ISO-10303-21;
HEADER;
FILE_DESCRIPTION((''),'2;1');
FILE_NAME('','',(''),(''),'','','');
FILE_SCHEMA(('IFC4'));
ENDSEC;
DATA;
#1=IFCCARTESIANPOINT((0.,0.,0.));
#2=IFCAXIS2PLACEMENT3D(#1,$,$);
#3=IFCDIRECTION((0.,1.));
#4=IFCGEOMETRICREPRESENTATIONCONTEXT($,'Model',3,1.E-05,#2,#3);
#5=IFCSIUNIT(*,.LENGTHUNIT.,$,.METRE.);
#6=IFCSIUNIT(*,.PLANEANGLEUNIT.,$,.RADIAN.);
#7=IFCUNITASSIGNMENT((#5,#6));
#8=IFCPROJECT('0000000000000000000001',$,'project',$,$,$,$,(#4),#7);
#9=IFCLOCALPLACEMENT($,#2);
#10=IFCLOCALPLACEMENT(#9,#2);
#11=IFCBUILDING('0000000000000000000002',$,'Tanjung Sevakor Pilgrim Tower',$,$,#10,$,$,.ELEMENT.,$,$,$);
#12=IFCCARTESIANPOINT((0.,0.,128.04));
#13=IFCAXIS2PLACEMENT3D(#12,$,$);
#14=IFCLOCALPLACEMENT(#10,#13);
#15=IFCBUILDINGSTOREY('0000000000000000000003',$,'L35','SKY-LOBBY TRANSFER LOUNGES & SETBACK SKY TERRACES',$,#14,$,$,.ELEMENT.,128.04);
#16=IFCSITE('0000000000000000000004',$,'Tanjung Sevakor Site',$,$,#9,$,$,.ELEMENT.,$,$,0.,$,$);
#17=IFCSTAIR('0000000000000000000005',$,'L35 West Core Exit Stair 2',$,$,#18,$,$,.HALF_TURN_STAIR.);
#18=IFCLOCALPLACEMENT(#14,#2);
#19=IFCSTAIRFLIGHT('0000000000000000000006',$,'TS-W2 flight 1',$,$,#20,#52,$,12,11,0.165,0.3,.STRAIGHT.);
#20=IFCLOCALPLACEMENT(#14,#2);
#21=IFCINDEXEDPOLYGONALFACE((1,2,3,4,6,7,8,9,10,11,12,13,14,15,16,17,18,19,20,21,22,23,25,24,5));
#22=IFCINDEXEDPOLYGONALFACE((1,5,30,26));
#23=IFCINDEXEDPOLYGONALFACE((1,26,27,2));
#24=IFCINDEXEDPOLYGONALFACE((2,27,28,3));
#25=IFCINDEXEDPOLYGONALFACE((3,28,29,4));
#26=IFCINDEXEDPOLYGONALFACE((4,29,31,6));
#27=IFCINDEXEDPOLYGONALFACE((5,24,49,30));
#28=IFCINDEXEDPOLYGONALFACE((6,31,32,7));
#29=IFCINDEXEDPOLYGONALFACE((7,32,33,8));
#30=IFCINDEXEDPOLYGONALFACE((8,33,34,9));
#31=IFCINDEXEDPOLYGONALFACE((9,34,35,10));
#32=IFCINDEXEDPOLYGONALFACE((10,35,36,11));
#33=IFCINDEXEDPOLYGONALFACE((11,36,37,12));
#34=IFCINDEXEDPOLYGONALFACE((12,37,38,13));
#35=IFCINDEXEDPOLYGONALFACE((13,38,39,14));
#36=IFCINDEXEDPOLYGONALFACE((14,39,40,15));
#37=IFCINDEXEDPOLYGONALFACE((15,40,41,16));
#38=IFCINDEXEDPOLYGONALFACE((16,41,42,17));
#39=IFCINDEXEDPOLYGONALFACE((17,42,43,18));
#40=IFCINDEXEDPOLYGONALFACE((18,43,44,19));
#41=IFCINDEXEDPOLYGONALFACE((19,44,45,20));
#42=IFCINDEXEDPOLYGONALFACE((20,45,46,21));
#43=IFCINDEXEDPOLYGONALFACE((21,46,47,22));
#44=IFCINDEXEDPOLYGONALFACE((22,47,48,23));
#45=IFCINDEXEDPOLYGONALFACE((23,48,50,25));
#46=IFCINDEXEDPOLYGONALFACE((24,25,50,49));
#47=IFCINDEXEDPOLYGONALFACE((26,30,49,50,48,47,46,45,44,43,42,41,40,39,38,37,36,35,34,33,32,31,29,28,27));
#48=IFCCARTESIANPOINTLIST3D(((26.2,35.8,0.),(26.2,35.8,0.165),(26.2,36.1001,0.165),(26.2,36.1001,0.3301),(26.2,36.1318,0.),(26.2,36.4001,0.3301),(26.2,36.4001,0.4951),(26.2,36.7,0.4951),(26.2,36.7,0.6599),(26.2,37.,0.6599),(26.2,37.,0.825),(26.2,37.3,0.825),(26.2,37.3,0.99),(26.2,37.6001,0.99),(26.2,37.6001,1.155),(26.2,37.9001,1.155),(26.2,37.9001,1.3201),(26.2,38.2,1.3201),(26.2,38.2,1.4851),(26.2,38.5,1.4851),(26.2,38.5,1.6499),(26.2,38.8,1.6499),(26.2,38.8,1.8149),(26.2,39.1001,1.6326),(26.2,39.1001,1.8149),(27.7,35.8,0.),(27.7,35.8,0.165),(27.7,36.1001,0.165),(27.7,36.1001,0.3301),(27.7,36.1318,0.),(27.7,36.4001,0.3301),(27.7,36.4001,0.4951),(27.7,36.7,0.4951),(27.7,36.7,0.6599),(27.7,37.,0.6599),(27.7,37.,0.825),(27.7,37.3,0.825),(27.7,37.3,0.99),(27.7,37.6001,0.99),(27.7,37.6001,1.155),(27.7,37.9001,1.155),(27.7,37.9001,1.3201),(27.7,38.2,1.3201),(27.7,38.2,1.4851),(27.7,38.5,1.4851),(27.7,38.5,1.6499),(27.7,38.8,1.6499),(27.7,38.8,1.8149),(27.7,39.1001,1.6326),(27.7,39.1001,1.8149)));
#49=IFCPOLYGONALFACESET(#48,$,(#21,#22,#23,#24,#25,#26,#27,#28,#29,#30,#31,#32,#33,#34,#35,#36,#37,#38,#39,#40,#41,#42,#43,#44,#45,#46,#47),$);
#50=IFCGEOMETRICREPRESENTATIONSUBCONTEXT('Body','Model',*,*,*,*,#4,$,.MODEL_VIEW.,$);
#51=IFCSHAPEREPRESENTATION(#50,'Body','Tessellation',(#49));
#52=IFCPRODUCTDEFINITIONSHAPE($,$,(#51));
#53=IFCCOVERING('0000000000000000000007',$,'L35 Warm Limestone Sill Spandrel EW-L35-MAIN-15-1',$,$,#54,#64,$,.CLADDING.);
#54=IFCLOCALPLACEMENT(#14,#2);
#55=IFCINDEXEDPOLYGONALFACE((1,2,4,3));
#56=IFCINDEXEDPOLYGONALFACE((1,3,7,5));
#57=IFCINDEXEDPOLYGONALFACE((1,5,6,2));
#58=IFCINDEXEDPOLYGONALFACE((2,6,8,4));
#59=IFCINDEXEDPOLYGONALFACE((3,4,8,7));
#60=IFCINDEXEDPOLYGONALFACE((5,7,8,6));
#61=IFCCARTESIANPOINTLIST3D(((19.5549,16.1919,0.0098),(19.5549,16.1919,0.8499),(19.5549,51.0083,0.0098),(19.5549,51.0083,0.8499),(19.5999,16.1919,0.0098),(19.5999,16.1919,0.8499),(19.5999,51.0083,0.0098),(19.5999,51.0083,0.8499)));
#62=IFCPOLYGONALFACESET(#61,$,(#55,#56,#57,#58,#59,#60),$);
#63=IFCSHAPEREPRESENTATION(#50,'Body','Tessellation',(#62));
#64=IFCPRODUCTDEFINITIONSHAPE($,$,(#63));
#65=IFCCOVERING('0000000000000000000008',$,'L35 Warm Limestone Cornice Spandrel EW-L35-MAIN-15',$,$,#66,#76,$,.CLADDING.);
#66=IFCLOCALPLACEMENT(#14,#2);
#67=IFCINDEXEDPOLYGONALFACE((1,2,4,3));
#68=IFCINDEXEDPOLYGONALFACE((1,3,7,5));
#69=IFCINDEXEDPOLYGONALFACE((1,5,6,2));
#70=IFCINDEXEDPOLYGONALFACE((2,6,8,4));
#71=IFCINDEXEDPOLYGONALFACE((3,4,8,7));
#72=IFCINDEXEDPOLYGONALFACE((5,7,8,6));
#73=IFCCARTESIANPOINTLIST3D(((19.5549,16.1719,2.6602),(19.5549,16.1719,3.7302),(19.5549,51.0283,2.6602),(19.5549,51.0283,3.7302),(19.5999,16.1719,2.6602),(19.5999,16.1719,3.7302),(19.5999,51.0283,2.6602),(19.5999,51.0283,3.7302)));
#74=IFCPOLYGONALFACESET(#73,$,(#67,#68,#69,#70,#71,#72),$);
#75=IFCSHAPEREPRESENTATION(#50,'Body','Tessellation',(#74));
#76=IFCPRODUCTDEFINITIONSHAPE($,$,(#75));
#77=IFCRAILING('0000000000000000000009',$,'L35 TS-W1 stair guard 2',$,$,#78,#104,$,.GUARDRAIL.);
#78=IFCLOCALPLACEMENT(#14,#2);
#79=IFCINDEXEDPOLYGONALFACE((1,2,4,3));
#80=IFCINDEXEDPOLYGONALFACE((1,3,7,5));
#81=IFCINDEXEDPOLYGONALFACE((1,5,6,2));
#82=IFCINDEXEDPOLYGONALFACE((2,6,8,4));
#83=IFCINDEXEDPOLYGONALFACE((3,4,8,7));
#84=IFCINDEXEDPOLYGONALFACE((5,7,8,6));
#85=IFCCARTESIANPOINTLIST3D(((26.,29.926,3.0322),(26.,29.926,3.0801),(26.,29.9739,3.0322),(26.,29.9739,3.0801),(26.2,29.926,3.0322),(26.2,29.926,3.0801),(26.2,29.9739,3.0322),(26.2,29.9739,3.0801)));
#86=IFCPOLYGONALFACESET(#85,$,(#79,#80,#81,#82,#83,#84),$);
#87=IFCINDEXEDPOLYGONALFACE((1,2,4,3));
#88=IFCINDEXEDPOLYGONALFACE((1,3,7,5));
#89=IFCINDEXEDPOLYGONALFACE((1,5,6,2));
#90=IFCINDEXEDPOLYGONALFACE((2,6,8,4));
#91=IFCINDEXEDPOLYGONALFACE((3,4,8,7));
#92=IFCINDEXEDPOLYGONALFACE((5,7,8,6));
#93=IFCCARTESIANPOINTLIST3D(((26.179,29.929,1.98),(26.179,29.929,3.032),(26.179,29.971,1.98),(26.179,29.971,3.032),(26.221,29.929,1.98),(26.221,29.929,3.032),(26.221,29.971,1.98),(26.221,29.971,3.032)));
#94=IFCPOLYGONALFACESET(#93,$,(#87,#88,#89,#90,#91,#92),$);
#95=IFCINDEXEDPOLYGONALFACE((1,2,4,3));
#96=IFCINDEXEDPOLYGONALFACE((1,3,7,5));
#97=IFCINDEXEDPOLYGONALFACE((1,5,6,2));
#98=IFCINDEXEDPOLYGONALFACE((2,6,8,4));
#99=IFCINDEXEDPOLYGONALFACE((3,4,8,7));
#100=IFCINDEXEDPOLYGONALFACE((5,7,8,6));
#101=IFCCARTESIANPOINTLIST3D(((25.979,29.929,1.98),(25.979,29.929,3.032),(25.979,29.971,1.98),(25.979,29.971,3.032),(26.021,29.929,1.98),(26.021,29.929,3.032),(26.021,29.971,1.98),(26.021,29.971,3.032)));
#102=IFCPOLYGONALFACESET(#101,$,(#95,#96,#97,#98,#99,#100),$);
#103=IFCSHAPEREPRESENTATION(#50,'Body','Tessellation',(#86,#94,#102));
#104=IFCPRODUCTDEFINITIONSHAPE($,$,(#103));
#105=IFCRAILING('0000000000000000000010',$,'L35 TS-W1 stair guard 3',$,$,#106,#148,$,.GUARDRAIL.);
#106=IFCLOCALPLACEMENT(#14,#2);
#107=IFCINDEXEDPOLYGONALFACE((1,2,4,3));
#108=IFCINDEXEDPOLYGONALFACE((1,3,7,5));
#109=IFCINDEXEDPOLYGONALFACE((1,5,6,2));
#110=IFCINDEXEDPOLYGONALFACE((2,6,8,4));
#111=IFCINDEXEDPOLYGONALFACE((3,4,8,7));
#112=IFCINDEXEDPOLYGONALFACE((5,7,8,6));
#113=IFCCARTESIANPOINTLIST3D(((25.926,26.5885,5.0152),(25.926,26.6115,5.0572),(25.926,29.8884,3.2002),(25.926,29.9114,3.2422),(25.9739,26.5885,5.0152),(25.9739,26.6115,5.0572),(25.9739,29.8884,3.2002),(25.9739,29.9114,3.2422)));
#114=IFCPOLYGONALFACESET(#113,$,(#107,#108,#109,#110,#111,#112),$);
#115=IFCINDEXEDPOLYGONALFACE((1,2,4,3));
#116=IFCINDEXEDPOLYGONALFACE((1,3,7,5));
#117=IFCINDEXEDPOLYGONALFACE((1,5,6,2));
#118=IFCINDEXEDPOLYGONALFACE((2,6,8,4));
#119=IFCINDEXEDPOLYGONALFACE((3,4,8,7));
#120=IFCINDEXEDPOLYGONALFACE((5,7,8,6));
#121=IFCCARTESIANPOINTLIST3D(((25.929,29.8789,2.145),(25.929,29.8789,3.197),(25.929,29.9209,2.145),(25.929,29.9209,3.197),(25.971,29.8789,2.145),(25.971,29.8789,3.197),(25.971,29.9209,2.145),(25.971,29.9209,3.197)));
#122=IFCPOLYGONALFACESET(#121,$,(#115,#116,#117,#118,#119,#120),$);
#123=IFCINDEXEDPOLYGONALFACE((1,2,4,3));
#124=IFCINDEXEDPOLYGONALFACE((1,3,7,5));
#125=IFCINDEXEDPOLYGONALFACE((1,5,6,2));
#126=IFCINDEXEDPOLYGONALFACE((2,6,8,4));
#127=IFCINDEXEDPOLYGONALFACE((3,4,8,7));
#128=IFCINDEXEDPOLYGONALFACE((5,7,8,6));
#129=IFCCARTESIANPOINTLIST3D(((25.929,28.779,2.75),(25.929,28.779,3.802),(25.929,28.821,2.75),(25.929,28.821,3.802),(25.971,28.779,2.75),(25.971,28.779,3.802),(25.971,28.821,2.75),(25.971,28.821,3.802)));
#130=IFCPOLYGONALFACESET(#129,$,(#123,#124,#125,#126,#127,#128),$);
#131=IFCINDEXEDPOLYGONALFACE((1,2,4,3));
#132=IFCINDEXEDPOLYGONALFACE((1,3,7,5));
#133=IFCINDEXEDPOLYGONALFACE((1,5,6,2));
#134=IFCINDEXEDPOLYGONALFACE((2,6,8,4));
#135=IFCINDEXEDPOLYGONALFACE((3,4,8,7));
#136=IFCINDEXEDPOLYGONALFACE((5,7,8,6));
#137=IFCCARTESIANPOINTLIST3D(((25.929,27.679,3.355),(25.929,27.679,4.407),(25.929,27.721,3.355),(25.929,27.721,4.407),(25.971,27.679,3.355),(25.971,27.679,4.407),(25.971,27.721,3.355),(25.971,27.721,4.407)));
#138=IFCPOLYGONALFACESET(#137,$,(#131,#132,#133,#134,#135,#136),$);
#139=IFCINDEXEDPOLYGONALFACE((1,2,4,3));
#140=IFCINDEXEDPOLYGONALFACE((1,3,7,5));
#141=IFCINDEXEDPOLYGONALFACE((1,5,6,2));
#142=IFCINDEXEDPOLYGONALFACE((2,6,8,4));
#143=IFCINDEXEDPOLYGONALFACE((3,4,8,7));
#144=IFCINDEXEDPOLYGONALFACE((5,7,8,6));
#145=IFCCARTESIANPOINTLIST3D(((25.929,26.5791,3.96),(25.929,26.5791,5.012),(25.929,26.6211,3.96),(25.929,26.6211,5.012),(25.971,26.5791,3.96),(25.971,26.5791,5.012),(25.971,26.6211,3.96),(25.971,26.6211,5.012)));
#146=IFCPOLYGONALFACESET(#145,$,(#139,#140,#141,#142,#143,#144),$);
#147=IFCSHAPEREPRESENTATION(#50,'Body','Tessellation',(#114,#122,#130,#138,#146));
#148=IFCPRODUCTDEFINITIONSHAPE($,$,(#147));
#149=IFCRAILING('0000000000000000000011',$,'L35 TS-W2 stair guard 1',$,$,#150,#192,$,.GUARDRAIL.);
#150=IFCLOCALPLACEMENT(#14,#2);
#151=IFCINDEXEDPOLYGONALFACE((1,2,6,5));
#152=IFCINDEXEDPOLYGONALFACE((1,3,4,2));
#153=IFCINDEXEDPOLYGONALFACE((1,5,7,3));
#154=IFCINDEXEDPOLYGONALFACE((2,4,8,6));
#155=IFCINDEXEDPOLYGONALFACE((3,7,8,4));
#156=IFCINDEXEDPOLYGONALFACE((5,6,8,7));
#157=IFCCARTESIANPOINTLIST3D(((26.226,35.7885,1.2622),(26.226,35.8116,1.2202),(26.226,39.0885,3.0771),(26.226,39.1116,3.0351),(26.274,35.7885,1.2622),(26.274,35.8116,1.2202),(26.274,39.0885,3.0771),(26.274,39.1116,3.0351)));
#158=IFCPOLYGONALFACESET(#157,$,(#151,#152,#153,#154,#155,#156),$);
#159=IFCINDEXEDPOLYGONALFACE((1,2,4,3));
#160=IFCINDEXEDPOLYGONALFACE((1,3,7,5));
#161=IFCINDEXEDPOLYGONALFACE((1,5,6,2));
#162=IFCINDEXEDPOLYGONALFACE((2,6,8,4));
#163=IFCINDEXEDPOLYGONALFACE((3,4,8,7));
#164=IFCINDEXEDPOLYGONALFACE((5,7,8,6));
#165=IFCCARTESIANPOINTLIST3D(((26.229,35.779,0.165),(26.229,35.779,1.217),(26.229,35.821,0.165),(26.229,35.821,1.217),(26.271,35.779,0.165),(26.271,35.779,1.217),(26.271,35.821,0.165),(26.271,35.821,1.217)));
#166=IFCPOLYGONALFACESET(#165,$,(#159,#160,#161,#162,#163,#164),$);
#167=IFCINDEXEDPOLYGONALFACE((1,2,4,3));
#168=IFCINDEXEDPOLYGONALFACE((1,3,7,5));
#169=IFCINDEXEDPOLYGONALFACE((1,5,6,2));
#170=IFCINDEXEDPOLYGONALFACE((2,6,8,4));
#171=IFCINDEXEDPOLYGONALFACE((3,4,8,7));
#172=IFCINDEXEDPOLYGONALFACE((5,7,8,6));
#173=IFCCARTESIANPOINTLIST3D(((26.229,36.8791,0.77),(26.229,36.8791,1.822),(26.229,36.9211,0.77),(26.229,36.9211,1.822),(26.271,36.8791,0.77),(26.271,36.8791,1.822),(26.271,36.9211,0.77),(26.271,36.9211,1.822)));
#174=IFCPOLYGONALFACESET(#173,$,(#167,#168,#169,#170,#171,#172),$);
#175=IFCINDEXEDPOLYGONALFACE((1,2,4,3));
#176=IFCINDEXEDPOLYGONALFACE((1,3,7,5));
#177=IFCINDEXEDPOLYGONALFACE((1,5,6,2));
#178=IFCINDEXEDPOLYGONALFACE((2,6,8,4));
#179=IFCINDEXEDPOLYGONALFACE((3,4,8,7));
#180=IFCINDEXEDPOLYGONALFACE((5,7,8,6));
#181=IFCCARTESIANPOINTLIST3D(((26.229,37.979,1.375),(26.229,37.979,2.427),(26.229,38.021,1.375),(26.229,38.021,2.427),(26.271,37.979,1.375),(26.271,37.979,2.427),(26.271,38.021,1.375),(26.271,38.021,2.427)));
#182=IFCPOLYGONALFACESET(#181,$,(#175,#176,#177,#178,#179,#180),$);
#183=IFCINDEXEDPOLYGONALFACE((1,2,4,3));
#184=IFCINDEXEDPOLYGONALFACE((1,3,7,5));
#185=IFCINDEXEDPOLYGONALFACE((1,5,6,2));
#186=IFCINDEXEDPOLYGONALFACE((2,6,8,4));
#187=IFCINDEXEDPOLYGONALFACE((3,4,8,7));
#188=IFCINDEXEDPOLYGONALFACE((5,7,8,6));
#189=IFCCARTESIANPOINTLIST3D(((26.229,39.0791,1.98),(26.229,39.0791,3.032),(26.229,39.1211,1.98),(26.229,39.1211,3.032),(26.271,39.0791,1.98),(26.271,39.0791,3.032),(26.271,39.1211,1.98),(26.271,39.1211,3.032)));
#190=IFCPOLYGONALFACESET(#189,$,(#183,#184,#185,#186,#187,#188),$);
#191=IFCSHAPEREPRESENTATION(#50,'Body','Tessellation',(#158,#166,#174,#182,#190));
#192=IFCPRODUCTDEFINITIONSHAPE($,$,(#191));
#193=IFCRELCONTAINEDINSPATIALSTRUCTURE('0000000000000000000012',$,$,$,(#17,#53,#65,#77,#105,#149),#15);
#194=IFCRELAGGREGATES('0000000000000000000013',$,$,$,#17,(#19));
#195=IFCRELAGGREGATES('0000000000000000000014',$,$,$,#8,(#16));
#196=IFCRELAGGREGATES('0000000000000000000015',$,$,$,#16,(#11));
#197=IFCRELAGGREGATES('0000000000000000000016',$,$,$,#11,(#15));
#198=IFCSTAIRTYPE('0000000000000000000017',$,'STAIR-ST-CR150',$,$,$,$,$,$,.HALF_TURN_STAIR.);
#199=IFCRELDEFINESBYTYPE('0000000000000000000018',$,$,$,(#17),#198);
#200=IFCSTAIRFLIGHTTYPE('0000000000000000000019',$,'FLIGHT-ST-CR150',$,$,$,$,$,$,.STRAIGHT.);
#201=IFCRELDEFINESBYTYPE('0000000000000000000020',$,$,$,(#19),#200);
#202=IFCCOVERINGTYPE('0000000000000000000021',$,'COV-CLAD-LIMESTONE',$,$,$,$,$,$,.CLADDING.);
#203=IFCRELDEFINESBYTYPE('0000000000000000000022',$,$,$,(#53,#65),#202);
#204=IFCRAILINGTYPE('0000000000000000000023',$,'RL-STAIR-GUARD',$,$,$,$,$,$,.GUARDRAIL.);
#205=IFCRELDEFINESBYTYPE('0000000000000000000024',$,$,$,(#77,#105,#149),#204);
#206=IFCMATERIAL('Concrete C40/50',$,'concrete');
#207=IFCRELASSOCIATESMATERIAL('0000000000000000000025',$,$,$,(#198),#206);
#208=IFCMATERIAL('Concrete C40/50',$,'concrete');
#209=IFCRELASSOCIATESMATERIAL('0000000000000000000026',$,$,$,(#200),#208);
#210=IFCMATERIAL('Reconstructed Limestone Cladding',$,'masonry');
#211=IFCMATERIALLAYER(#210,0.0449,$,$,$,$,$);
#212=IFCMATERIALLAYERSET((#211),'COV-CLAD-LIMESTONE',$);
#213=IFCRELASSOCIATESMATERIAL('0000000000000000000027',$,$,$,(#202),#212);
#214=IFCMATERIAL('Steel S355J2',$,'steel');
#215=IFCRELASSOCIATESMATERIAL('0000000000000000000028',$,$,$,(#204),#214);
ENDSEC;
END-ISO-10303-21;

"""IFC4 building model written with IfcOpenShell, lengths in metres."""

from ifc_helpers import new_model, si_unit, direction, frame, origin, origin_2d, place, context, subcontext, project, spatial, polyline, rectangle, outline, extrude, material, layer, layer_set, type_object, element, aggregate, save


model = new_model("IFC4")

# Units and contexts
model_context = context("Model", 3, precision=1e-05, world=origin(), true_north=direction((0.0, 1.0)))
body_context = subcontext(model_context, "Body", "Model", "MODEL_VIEW")
ifc_project = project(units=[si_unit("LENGTHUNIT", "METRE"), si_unit("PLANEANGLEUNIT", "RADIAN")], contexts=[model_context])

# Site, building, storey
site_placement = place(None, origin())
site = spatial("IfcSite", under=ifc_project, at=site_placement, Name="Tanjung Sevakor Site", CompositionType="ELEMENT", RefElevation=0.0)
building_placement = place(site_placement, origin())
building = spatial("IfcBuilding", under=site, at=building_placement, Name="Tanjung Sevakor Pilgrim Tower", CompositionType="ELEMENT")
storey_placement = place(building_placement, frame((0.0, 0.0, 128.04)))
storey = spatial("IfcBuildingStorey", under=building, at=storey_placement, Name="L35", Description="SKY-LOBBY TRANSFER LOUNGES & SETBACK SKY TERRACES", CompositionType="ELEMENT", Elevation=128.04)

# Stair, stair flight
ifc_material_1 = material(Name="Concrete C40/50", Category="concrete")
stair_type = type_object("IfcStairType", Name="STAIR-ST-CR150", PredefinedType="HALF_TURN_STAIR", material=ifc_material_1)
ifc_material_2 = material(Name="Concrete C40/50", Category="concrete")
stair_flight_type = type_object("IfcStairFlightType", Name="FLIGHT-ST-CR150", PredefinedType="STRAIGHT", material=ifc_material_2)
stair_1_placement = place(storey_placement, origin())
stair_1 = element("IfcStair", 1, at=stair_1_placement, inside=storey, type_object=stair_type, Name="L35 West Core Exit Stair 2", PredefinedType="HALF_TURN_STAIR")
stair_flight_1_placement = place(storey_placement, frame((26.95, 35.8, 0.0), z_axis=(0.0, 0.0, 1.0), x_axis=(0.0, 1.0, 0.0)))
stair_flight_1 = element("IfcStairFlight", 2, at=stair_flight_1_placement, type_object=stair_flight_type, Name="TS-W2 flight 1", NumberOfRisers=12, NumberOfTreads=11, PredefinedType="STRAIGHT", RiserHeight=0.165, TreadLength=0.3, context=body_context, shape_type="SweptSolid", body=[
    extrude(outline(polyline([(0.0, 0.0), (0.0, 0.165), (0.3, 0.165), (0.3, 0.3301), (0.6001, 0.3301), (0.6001, 0.4951), (0.8999, 0.4951), (0.8999, 0.6599), (1.2, 0.6599), (1.2, 0.825), (1.5, 0.825), (1.5, 0.99), (1.8, 0.99), (1.8, 1.155), (2.1001, 1.155), (2.1001, 1.3201), (2.3999, 1.3201), (2.3999, 1.4851), (2.7, 1.4851), (2.7, 1.6499), (3.0, 1.6499), (3.0, 1.8149), (3.3, 1.8149), (3.3, 1.98), (3.3, 1.6326), (0.3318, 0.0), (0.0, 0.0)])), frame((0.0, 0.75, 0.0), z_axis=(0.0, -1.0, 0.0), x_axis=(1.0, 0.0, 0.0)), (0.0, 0.0, 1.0), 1.5),
])
aggregate(stair_1, [stair_flight_1])

# Coverings
ifc_material_3 = material(Name="Reconstructed Limestone Cladding", Category="masonry")
ifc_layer_1 = layer(ifc_material_3, 0.0449)
ifc_layer_set_1 = layer_set([ifc_layer_1], Name="COV-CLAD-LIMESTONE")
covering_type = type_object("IfcCoveringType", Name="COV-CLAD-LIMESTONE", PredefinedType="CLADDING", material=ifc_layer_set_1)
covering_1_placement = place(storey_placement, frame((19.5774, 33.6001, 0.0098), z_axis=(0.0, 0.0, 1.0), x_axis=(0.0, -1.0, 0.0)))
element("IfcCovering", 3, at=covering_1_placement, inside=storey, type_object=covering_type, Name="L35 Warm Limestone Sill Spandrel EW-L35-MAIN-15-1", PredefinedType="CLADDING", context=body_context, shape_type="SweptSolid", body=[
    extrude(rectangle(XDim=34.8164, YDim=0.0449, at=origin_2d()), origin(), (0.0, 0.0, 1.0), 0.8401),
])
covering_2_placement = place(storey_placement, frame((19.5774, 33.6001, 2.6602), z_axis=(0.0, 0.0, 1.0), x_axis=(0.0, -1.0, 0.0)))
element("IfcCovering", 4, at=covering_2_placement, inside=storey, type_object=covering_type, Name="L35 Warm Limestone Cornice Spandrel EW-L35-MAIN-15", PredefinedType="CLADDING", context=body_context, shape_type="SweptSolid", body=[
    extrude(rectangle(XDim=34.8564, YDim=0.0449, at=origin_2d()), origin(), (0.0, 0.0, 1.0), 1.0701),
])

# Railings
ifc_material_4 = material(Name="Steel S355J2", Category="steel")
railing_type_1 = type_object("IfcRailingType", Name="RL-STAIR-GUARD", PredefinedType="GUARDRAIL", material=ifc_material_4)
railing_1_placement = place(storey_placement, frame((26.2, 29.95, 1.98)))
element("IfcRailing", 5, at=railing_1_placement, inside=storey, type_object=railing_type_1, Name="L35 TS-W1 stair guard 2", PredefinedType="GUARDRAIL", context=body_context, shape_type="SweptSolid", body=[
    extrude(rectangle(XDim=0.0479, YDim=0.0479), frame((0.0, 0.0, 1.0762), z_axis=(-1.0, 0.0, 0.0), x_axis=(0.0, -1.0, 0.0)), (0.0, 0.0, 1.0), 0.2),
    extrude(rectangle(XDim=0.042, YDim=0.042), origin(), (0.0, 0.0, 1.0), 1.052),
    extrude(rectangle(XDim=0.042, YDim=0.042), frame((-0.2, 0.0, 0.0)), (0.0, 0.0, 1.0), 1.052),
])
railing_2_placement = place(storey_placement, frame((25.95, 29.8999, 2.145)))
element("IfcRailing", 6, at=railing_2_placement, inside=storey, type_object=railing_type_1, Name="L35 TS-W1 stair guard 3", PredefinedType="GUARDRAIL", context=body_context, shape_type="SweptSolid", body=[
    extrude(rectangle(XDim=0.0479, YDim=0.0479), frame((0.0, 0.0, 1.0762), z_axis=(0.0, -0.87621, 0.481929), x_axis=(1.0, 0.0, 0.0)), (0.0, 0.0, 1.0), 3.7661),
    extrude(rectangle(XDim=0.042, YDim=0.042), origin(), (0.0, 0.0, 1.0), 1.052),
    extrude(rectangle(XDim=0.042, YDim=0.042), frame((0.0, -1.0999, 0.605)), (0.0, 0.0, 1.0), 1.052),
    extrude(rectangle(XDim=0.042, YDim=0.042), frame((0.0, -2.2, 1.21)), (0.0, 0.0, 1.0), 1.052),
    extrude(rectangle(XDim=0.042, YDim=0.042), frame((0.0, -3.2998, 1.8149)), (0.0, 0.0, 1.0), 1.052),
])
railing_3_placement = place(storey_placement, frame((26.25, 35.8, 0.165)))
element("IfcRailing", 7, at=railing_3_placement, inside=storey, type_object=railing_type_1, Name="L35 TS-W2 stair guard 1", PredefinedType="GUARDRAIL", context=body_context, shape_type="SweptSolid", body=[
    extrude(rectangle(XDim=0.0479, YDim=0.0479), frame((0.0, 0.0, 1.0762), z_axis=(0.0, 0.876225, 0.481901), x_axis=(-1.0, 0.0, 0.0)), (0.0, 0.0, 1.0), 3.7661),
    extrude(rectangle(XDim=0.042, YDim=0.042), origin(), (0.0, 0.0, 1.0), 1.052),
    extrude(rectangle(XDim=0.042, YDim=0.042), frame((0.0, 1.1001, 0.605)), (0.0, 0.0, 1.0), 1.052),
    extrude(rectangle(XDim=0.042, YDim=0.042), frame((0.0, 2.2, 1.21)), (0.0, 0.0, 1.0), 1.052),
    extrude(rectangle(XDim=0.042, YDim=0.042), frame((0.0, 3.3, 1.8149)), (0.0, 0.0, 1.0), 1.052),
])

save(model, "model.ifc")
